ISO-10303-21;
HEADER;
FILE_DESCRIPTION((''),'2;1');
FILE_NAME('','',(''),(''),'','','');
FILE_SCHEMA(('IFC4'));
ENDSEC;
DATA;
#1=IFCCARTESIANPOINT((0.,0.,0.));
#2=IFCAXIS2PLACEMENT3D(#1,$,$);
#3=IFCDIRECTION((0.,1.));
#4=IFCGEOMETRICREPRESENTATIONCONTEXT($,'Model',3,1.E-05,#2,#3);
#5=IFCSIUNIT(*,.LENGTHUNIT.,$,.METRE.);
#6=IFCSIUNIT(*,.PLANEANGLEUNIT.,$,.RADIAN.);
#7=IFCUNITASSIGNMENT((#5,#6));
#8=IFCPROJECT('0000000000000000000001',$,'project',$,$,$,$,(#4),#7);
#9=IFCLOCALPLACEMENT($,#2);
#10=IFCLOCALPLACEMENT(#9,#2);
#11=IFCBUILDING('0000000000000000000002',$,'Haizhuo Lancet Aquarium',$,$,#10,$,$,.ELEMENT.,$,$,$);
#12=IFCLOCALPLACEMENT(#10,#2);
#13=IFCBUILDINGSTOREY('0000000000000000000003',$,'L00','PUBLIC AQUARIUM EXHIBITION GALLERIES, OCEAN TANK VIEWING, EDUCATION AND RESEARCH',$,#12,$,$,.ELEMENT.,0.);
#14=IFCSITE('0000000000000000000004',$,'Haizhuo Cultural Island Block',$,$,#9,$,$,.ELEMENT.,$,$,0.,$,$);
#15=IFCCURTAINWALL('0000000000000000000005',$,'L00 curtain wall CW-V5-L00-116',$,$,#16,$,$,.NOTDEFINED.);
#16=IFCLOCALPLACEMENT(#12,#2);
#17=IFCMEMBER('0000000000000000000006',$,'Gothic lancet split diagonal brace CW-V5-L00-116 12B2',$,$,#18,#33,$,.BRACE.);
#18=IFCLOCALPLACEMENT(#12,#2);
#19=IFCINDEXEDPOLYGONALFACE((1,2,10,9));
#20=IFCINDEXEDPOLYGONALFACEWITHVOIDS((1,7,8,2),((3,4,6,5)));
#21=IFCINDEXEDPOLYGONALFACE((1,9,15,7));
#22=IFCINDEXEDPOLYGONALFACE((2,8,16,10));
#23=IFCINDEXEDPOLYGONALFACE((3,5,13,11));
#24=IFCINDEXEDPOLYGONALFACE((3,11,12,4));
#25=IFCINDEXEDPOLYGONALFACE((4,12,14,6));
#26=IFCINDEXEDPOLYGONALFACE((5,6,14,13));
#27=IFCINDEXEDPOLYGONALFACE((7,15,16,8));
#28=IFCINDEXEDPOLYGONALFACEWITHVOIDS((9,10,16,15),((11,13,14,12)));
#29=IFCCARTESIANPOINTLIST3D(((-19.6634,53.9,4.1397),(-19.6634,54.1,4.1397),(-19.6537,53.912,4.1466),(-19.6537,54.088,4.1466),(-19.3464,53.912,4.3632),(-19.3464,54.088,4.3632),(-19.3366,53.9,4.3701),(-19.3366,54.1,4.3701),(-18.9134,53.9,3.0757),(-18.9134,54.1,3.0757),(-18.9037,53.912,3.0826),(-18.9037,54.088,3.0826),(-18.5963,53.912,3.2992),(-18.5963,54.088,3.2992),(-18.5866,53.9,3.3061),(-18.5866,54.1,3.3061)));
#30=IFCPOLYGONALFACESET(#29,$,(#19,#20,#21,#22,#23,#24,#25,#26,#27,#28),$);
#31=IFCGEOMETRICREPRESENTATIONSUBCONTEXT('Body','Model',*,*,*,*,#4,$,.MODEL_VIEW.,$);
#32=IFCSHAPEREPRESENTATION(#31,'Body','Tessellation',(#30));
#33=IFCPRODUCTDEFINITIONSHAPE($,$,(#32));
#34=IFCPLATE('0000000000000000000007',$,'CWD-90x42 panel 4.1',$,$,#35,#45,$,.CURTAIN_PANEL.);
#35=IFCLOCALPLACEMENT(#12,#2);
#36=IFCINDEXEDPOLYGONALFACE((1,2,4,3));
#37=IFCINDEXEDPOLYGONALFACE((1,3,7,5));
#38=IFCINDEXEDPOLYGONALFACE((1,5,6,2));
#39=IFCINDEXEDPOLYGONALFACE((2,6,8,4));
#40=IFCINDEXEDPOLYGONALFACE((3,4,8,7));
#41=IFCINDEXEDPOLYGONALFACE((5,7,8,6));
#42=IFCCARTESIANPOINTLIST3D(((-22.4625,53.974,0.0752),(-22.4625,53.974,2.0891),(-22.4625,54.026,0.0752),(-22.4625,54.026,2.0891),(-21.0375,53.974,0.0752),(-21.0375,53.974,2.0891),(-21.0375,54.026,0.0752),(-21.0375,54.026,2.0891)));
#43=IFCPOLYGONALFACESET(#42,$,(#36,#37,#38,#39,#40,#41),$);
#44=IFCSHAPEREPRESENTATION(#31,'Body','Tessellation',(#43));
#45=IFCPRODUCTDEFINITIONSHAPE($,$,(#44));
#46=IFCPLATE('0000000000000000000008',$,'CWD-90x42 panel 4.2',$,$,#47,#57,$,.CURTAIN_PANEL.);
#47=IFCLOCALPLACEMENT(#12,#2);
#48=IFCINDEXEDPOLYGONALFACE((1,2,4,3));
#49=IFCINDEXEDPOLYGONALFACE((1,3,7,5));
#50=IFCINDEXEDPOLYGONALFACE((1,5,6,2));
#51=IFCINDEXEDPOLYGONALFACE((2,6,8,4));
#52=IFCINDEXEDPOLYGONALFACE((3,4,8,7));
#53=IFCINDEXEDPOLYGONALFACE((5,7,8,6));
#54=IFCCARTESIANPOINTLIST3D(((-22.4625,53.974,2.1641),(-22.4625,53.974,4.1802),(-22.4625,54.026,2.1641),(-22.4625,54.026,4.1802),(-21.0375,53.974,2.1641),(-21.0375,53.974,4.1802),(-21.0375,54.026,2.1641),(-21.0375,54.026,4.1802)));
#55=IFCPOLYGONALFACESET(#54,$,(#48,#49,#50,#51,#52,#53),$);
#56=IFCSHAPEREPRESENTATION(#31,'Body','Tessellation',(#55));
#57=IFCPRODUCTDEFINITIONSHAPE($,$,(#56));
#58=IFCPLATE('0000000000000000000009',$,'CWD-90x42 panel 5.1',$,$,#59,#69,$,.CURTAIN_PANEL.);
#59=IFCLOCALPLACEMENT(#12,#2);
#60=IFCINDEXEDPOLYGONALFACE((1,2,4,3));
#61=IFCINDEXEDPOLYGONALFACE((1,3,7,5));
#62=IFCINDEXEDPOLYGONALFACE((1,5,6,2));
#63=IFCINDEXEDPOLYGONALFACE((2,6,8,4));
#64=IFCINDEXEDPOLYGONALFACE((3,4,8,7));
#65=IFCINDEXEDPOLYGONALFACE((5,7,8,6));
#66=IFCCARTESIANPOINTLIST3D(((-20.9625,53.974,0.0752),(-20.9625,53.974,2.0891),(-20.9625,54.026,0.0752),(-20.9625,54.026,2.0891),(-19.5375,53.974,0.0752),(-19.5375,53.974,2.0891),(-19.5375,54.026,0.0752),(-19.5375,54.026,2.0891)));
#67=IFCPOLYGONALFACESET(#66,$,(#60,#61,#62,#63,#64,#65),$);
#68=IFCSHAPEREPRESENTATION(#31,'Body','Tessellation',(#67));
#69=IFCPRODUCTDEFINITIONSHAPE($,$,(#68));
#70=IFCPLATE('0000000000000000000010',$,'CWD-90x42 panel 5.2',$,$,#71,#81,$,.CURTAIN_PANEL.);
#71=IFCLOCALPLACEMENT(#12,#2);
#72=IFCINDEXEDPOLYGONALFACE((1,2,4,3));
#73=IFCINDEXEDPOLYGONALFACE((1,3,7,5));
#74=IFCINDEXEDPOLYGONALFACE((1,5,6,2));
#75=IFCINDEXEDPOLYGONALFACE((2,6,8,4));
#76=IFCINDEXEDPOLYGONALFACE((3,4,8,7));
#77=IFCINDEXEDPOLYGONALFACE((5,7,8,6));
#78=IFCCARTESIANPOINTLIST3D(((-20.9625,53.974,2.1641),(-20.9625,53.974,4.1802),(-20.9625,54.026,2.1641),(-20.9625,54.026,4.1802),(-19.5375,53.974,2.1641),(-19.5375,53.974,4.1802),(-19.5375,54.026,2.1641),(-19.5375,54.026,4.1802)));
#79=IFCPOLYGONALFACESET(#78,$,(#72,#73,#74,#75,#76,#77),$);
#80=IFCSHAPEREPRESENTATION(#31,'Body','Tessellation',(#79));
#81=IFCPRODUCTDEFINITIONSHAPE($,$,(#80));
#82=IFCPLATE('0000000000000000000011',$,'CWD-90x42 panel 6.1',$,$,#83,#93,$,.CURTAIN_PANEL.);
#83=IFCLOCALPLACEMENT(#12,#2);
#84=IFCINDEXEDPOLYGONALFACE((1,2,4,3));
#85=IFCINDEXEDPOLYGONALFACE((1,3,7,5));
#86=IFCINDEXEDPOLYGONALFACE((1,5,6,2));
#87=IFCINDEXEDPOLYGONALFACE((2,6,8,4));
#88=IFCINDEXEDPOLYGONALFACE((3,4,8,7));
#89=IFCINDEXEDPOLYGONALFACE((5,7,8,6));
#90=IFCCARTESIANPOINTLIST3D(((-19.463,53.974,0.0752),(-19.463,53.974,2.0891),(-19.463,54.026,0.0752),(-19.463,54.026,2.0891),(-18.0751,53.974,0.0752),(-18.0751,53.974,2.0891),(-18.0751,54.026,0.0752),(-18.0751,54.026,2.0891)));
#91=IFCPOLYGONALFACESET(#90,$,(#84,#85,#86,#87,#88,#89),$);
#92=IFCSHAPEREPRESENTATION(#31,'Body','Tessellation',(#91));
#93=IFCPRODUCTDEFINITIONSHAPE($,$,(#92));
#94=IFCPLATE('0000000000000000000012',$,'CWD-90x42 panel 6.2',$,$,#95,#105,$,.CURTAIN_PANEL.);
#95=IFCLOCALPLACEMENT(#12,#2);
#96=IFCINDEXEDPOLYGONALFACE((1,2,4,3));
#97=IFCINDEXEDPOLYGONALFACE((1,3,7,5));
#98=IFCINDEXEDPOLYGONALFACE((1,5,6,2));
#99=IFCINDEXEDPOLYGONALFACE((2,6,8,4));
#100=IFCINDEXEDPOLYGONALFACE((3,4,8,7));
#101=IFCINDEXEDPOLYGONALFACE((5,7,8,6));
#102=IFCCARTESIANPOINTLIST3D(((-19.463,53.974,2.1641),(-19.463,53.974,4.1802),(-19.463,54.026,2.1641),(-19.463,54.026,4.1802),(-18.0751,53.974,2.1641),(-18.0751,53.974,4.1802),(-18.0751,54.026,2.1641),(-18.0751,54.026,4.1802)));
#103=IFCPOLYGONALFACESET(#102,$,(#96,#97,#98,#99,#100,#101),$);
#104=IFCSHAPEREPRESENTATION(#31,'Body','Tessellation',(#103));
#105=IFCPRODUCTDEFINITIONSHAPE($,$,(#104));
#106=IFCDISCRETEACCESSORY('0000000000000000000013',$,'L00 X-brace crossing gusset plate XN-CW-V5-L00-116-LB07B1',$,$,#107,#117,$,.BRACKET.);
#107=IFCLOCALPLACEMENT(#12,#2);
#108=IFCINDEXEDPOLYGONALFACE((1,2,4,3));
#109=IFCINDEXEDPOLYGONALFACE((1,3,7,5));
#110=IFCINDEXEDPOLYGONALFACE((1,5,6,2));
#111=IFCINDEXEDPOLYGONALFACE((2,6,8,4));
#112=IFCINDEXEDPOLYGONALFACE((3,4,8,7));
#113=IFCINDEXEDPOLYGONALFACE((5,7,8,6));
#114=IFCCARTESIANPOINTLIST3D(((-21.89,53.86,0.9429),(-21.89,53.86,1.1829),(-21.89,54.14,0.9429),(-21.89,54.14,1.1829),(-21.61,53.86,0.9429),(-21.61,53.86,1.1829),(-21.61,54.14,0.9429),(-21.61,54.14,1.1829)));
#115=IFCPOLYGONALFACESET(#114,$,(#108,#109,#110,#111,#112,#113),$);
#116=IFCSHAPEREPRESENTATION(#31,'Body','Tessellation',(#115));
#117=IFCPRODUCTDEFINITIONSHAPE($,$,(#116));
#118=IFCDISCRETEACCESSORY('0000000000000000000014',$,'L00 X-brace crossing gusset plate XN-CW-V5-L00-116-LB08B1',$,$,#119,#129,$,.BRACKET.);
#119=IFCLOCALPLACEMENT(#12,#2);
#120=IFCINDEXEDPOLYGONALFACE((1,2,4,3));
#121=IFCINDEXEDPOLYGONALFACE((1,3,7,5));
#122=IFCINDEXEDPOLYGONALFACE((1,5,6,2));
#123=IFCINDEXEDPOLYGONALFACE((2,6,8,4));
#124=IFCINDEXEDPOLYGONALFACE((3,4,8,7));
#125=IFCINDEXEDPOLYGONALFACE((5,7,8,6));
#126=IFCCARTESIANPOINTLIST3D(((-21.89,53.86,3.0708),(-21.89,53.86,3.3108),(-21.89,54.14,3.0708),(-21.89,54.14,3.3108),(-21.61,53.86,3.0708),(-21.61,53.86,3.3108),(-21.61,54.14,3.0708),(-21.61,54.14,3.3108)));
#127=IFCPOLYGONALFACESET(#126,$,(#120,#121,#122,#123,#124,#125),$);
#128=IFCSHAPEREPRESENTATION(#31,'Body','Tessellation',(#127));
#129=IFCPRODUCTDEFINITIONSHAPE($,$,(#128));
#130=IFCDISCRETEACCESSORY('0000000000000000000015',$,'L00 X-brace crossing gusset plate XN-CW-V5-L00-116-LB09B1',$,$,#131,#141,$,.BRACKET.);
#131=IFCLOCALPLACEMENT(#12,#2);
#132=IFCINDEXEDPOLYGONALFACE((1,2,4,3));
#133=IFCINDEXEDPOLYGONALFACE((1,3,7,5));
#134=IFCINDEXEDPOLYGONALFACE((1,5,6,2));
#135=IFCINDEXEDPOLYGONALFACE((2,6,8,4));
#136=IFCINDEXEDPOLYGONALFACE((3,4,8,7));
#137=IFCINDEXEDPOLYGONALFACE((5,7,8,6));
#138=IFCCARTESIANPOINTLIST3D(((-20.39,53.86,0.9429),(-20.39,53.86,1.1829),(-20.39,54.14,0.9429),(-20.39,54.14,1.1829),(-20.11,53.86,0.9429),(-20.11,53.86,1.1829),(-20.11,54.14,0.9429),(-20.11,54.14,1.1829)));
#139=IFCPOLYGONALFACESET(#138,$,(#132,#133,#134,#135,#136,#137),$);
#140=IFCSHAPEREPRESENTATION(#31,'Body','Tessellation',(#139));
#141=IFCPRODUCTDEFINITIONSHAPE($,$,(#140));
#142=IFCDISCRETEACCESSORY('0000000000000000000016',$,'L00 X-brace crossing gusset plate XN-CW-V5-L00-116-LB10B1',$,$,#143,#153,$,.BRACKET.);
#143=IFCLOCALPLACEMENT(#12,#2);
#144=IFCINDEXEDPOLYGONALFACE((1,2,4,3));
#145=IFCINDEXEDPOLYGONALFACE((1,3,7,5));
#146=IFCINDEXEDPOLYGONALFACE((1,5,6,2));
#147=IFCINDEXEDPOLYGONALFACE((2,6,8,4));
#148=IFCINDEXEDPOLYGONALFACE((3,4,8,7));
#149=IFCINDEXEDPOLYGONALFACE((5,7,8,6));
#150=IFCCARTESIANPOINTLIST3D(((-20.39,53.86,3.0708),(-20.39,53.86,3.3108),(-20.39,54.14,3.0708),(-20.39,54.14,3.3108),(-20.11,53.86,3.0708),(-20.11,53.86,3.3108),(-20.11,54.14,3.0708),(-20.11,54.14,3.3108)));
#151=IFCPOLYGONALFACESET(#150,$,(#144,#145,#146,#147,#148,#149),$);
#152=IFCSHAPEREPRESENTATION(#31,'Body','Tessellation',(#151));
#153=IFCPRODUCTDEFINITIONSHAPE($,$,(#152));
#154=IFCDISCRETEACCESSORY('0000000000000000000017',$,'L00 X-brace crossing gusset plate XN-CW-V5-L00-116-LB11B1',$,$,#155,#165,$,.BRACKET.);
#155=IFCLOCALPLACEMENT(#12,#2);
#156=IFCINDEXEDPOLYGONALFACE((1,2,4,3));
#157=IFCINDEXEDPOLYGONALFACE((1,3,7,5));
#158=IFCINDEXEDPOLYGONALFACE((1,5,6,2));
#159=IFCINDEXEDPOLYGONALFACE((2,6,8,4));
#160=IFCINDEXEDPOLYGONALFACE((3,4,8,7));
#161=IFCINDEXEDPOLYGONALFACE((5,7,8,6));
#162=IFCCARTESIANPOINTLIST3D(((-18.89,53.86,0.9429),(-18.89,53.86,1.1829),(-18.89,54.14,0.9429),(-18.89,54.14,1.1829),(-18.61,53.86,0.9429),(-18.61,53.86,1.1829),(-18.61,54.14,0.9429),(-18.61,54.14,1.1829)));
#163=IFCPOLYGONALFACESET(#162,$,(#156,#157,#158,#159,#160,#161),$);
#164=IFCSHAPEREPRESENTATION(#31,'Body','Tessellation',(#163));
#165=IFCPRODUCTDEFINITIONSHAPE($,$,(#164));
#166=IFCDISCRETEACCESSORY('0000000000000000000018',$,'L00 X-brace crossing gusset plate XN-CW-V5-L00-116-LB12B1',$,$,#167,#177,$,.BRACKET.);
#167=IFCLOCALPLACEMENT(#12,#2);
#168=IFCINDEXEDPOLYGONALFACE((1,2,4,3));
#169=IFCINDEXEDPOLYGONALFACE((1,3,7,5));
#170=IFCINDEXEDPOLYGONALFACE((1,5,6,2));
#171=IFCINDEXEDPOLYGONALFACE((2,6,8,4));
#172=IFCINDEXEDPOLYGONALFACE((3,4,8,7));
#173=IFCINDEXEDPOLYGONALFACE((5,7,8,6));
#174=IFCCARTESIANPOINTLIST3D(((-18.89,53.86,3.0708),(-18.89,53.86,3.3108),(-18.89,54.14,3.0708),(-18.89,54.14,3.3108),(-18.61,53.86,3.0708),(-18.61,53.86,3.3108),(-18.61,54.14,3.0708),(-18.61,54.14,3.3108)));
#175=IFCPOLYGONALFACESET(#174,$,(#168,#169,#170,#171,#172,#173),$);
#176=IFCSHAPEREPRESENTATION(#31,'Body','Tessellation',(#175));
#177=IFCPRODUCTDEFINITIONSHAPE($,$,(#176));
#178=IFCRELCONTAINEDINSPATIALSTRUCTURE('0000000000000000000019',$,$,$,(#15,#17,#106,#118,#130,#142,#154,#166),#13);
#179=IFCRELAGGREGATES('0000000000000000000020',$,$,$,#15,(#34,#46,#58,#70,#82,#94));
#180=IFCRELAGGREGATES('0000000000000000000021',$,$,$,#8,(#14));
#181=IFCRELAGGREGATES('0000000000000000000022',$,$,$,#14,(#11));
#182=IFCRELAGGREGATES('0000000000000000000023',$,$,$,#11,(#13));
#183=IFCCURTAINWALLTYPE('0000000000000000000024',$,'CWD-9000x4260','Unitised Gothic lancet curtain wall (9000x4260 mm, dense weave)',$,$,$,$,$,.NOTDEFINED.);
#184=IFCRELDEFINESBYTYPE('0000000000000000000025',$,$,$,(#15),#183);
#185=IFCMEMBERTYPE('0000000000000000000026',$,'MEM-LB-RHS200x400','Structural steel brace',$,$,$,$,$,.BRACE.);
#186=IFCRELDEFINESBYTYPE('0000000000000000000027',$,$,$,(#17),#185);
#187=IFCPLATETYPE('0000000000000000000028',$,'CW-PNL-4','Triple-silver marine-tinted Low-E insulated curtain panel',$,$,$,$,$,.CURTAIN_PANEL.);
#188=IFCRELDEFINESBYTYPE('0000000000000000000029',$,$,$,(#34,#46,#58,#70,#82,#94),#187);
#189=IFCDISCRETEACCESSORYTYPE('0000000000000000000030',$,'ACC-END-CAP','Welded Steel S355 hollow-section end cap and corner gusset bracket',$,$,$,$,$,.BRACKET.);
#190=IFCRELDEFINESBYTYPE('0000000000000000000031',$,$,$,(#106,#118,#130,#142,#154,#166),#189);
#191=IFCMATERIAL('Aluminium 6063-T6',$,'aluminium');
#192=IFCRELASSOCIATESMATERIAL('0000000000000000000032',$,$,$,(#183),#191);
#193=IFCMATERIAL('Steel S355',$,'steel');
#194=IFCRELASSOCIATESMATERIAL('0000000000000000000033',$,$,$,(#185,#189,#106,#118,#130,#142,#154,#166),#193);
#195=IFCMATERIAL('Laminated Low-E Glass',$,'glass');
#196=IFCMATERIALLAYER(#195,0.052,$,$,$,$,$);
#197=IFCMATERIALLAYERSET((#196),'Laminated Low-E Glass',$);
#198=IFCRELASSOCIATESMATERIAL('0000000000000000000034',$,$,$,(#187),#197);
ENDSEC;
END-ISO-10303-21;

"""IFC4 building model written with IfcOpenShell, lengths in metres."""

from ifc_helpers import new_model, si_unit, direction, frame, origin, origin_2d, place, context, subcontext, project, spatial, rectangle, hollow_rectangle, extrude, material, layer, layer_set, material_profile, profile_set, type_object, element, aggregate, save


model = new_model("IFC4")

# Units and contexts
model_context = context("Model", 3, precision=1e-05, world=origin(), true_north=direction((0.0, 1.0)))
body_context = subcontext(model_context, "Body", "Model", "MODEL_VIEW")
ifc_project = project(units=[si_unit("LENGTHUNIT", "METRE"), si_unit("PLANEANGLEUNIT", "RADIAN")], contexts=[model_context])

# Site, building, storey
site_placement = place(None, origin())
site = spatial("IfcSite", under=ifc_project, at=site_placement, Name="Haizhuo Cultural Island Block", CompositionType="ELEMENT", RefElevation=0.0)
building_placement = place(site_placement, origin())
building = spatial("IfcBuilding", under=site, at=building_placement, Name="Haizhuo Lancet Aquarium", CompositionType="ELEMENT")
storey_placement = place(building_placement, origin())
storey = spatial("IfcBuildingStorey", under=building, at=storey_placement, Name="L00", Description="PUBLIC AQUARIUM EXHIBITION GALLERIES, OCEAN TANK VIEWING, EDUCATION AND RESEARCH", CompositionType="ELEMENT", Elevation=0.0)

# Curtain wall
ifc_material_1 = material(Name="Aluminium 6063-T6", Category="aluminium")
curtain_wall_type = type_object("IfcCurtainWallType", Name="CWD-9000x4260", Description="Unitised Gothic lancet curtain wall (9000x4260 mm, dense weave)", PredefinedType="NOTDEFINED", material=ifc_material_1)
curtain_wall_placement = place(storey_placement, origin())
curtain_wall = element("IfcCurtainWall", 1, at=curtain_wall_placement, inside=storey, type_object=curtain_wall_type, Name="L00 curtain wall CW-V5-L00-116", PredefinedType="NOTDEFINED")

# Member
ifc_material_2 = material(Name="Steel S355", Category="steel")
ifc_material_profile_1 = material_profile(ifc_material_2, hollow_rectangle(XDim=0.2, YDim=0.3999, WallThickness=0.012, at=origin_2d()), Name="RHS 200x400x12")
ifc_profile_set_1 = profile_set([ifc_material_profile_1], Name="Steel S355")
member_type_1 = type_object("IfcMemberType", Name="MEM-LB-RHS200x400", Description="Structural steel brace", PredefinedType="BRACE", material=ifc_profile_set_1)
member_1_placement = place(storey_placement, frame((-18.75, 54.0, 3.1909), z_axis=(-0.576153, 0.0, 0.817342), x_axis=(0.0, -1.0, 0.0)))
element("IfcMember", 2, at=member_1_placement, inside=storey, type_object=member_type_1, Name="Gothic lancet split diagonal brace CW-V5-L00-116 12B2", PredefinedType="BRACE", context=body_context, shape_type="SweptSolid", body=[
    extrude(hollow_rectangle(XDim=0.2, YDim=0.3999, WallThickness=0.012, at=origin_2d()), origin(), (0.0, 0.0, 1.0), 1.3018),
])

# Plates
ifc_material_3 = material(Name="Laminated Low-E Glass", Category="glass")
ifc_layer = layer(ifc_material_3, 0.052)
ifc_layer_set = layer_set([ifc_layer], Name="Laminated Low-E Glass")
plate_type = type_object("IfcPlateType", Name="CW-PNL-4", Description="Triple-silver marine-tinted Low-E insulated curtain panel", PredefinedType="CURTAIN_PANEL", material=ifc_layer_set)
plate_1_placement = place(storey_placement, frame((-21.75, 54.0, 0.0752), z_axis=(0.0, 0.0, 1.0), x_axis=(1.0, 0.0, 0.0)))
plate_1 = element("IfcPlate", 3, at=plate_1_placement, type_object=plate_type, Name="CWD-90x42 panel 4.1", PredefinedType="CURTAIN_PANEL", context=body_context, shape_type="SweptSolid", body=[
    extrude(rectangle(XDim=1.425, YDim=0.052, at=origin_2d()), origin(), (0.0, 0.0, 1.0), 2.0139),
])
plate_2_placement = place(storey_placement, frame((-21.75, 54.0, 2.1641), z_axis=(0.0, 0.0, 1.0), x_axis=(1.0, 0.0, 0.0)))
plate_2 = element("IfcPlate", 4, at=plate_2_placement, type_object=plate_type, Name="CWD-90x42 panel 4.2", PredefinedType="CURTAIN_PANEL", context=body_context, shape_type="SweptSolid", body=[
    extrude(rectangle(XDim=1.425, YDim=0.052, at=origin_2d()), origin(), (0.0, 0.0, 1.0), 2.0161),
])
plate_3_placement = place(storey_placement, frame((-20.25, 54.0, 0.0752), z_axis=(0.0, 0.0, 1.0), x_axis=(1.0, 0.0, 0.0)))
plate_3 = element("IfcPlate", 5, at=plate_3_placement, type_object=plate_type, Name="CWD-90x42 panel 5.1", PredefinedType="CURTAIN_PANEL", context=body_context, shape_type="SweptSolid", body=[
    extrude(rectangle(XDim=1.425, YDim=0.052, at=origin_2d()), origin(), (0.0, 0.0, 1.0), 2.0139),
])
plate_4_placement = place(storey_placement, frame((-20.25, 54.0, 2.1641), z_axis=(0.0, 0.0, 1.0), x_axis=(1.0, 0.0, 0.0)))
plate_4 = element("IfcPlate", 6, at=plate_4_placement, type_object=plate_type, Name="CWD-90x42 panel 5.2", PredefinedType="CURTAIN_PANEL", context=body_context, shape_type="SweptSolid", body=[
    extrude(rectangle(XDim=1.425, YDim=0.052, at=origin_2d()), origin(), (0.0, 0.0, 1.0), 2.0161),
])
plate_5_placement = place(storey_placement, frame((-18.769, 54.0, 0.0752), z_axis=(0.0, 0.0, 1.0), x_axis=(1.0, 0.0, 0.0)))
plate_5 = element("IfcPlate", 7, at=plate_5_placement, type_object=plate_type, Name="CWD-90x42 panel 6.1", PredefinedType="CURTAIN_PANEL", context=body_context, shape_type="SweptSolid", body=[
    extrude(rectangle(XDim=1.3879, YDim=0.052, at=origin_2d()), origin(), (0.0, 0.0, 1.0), 2.0139),
])
plate_6_placement = place(storey_placement, frame((-18.769, 54.0, 2.1641), z_axis=(0.0, 0.0, 1.0), x_axis=(1.0, 0.0, 0.0)))
plate_6 = element("IfcPlate", 8, at=plate_6_placement, type_object=plate_type, Name="CWD-90x42 panel 6.2", PredefinedType="CURTAIN_PANEL", context=body_context, shape_type="SweptSolid", body=[
    extrude(rectangle(XDim=1.3879, YDim=0.052, at=origin_2d()), origin(), (0.0, 0.0, 1.0), 2.0161),
])
aggregate(curtain_wall, [plate_1, plate_2, plate_3, plate_4, plate_5, plate_6])

# Discrete accessories
discrete_accessory_type = type_object("IfcDiscreteAccessoryType", Name="ACC-END-CAP", Description="Welded Steel S355 hollow-section end cap and corner gusset bracket", PredefinedType="BRACKET", material=ifc_material_2)
for number, where, z_axis, x_axis, name in (
    (9, (-21.75, 54.0, 0.9429), (0.0, 0.0, 1.0), (1.0, 0.0, 0.0), "L00 X-brace crossing gusset plate XN-CW-V5-L00-116-LB07B1"),
    (10, (-21.75, 54.0, 3.0708), (0.0, 0.0, 1.0), (1.0, 0.0, 0.0), "L00 X-brace crossing gusset plate XN-CW-V5-L00-116-LB08B1"),
    (11, (-20.25, 54.0, 0.9429), (0.0, 0.0, 1.0), (1.0, 0.0, 0.0), "L00 X-brace crossing gusset plate XN-CW-V5-L00-116-LB09B1"),
    (12, (-20.25, 54.0, 3.0708), (0.0, 0.0, 1.0), (1.0, 0.0, 0.0), "L00 X-brace crossing gusset plate XN-CW-V5-L00-116-LB10B1"),
    (13, (-18.75, 54.0, 0.9429), (0.0, 0.0, 1.0), (1.0, 0.0, 0.0), "L00 X-brace crossing gusset plate XN-CW-V5-L00-116-LB11B1"),
    (14, (-18.75, 54.0, 3.0708), (0.0, 0.0, 1.0), (1.0, 0.0, 0.0), "L00 X-brace crossing gusset plate XN-CW-V5-L00-116-LB12B1"),
):
    element("IfcDiscreteAccessory", number, at=place(storey_placement, frame(where, z_axis=z_axis, x_axis=x_axis)), inside=storey, type_object=discrete_accessory_type, material=ifc_material_2, Name=name, PredefinedType="BRACKET", context=body_context, shape_type="SweptSolid", body=[
        extrude(rectangle(XDim=0.28, YDim=0.28, at=origin_2d()), origin(), (0.0, 0.0, 1.0), 0.24),
    ])

save(model, "model.ifc")
